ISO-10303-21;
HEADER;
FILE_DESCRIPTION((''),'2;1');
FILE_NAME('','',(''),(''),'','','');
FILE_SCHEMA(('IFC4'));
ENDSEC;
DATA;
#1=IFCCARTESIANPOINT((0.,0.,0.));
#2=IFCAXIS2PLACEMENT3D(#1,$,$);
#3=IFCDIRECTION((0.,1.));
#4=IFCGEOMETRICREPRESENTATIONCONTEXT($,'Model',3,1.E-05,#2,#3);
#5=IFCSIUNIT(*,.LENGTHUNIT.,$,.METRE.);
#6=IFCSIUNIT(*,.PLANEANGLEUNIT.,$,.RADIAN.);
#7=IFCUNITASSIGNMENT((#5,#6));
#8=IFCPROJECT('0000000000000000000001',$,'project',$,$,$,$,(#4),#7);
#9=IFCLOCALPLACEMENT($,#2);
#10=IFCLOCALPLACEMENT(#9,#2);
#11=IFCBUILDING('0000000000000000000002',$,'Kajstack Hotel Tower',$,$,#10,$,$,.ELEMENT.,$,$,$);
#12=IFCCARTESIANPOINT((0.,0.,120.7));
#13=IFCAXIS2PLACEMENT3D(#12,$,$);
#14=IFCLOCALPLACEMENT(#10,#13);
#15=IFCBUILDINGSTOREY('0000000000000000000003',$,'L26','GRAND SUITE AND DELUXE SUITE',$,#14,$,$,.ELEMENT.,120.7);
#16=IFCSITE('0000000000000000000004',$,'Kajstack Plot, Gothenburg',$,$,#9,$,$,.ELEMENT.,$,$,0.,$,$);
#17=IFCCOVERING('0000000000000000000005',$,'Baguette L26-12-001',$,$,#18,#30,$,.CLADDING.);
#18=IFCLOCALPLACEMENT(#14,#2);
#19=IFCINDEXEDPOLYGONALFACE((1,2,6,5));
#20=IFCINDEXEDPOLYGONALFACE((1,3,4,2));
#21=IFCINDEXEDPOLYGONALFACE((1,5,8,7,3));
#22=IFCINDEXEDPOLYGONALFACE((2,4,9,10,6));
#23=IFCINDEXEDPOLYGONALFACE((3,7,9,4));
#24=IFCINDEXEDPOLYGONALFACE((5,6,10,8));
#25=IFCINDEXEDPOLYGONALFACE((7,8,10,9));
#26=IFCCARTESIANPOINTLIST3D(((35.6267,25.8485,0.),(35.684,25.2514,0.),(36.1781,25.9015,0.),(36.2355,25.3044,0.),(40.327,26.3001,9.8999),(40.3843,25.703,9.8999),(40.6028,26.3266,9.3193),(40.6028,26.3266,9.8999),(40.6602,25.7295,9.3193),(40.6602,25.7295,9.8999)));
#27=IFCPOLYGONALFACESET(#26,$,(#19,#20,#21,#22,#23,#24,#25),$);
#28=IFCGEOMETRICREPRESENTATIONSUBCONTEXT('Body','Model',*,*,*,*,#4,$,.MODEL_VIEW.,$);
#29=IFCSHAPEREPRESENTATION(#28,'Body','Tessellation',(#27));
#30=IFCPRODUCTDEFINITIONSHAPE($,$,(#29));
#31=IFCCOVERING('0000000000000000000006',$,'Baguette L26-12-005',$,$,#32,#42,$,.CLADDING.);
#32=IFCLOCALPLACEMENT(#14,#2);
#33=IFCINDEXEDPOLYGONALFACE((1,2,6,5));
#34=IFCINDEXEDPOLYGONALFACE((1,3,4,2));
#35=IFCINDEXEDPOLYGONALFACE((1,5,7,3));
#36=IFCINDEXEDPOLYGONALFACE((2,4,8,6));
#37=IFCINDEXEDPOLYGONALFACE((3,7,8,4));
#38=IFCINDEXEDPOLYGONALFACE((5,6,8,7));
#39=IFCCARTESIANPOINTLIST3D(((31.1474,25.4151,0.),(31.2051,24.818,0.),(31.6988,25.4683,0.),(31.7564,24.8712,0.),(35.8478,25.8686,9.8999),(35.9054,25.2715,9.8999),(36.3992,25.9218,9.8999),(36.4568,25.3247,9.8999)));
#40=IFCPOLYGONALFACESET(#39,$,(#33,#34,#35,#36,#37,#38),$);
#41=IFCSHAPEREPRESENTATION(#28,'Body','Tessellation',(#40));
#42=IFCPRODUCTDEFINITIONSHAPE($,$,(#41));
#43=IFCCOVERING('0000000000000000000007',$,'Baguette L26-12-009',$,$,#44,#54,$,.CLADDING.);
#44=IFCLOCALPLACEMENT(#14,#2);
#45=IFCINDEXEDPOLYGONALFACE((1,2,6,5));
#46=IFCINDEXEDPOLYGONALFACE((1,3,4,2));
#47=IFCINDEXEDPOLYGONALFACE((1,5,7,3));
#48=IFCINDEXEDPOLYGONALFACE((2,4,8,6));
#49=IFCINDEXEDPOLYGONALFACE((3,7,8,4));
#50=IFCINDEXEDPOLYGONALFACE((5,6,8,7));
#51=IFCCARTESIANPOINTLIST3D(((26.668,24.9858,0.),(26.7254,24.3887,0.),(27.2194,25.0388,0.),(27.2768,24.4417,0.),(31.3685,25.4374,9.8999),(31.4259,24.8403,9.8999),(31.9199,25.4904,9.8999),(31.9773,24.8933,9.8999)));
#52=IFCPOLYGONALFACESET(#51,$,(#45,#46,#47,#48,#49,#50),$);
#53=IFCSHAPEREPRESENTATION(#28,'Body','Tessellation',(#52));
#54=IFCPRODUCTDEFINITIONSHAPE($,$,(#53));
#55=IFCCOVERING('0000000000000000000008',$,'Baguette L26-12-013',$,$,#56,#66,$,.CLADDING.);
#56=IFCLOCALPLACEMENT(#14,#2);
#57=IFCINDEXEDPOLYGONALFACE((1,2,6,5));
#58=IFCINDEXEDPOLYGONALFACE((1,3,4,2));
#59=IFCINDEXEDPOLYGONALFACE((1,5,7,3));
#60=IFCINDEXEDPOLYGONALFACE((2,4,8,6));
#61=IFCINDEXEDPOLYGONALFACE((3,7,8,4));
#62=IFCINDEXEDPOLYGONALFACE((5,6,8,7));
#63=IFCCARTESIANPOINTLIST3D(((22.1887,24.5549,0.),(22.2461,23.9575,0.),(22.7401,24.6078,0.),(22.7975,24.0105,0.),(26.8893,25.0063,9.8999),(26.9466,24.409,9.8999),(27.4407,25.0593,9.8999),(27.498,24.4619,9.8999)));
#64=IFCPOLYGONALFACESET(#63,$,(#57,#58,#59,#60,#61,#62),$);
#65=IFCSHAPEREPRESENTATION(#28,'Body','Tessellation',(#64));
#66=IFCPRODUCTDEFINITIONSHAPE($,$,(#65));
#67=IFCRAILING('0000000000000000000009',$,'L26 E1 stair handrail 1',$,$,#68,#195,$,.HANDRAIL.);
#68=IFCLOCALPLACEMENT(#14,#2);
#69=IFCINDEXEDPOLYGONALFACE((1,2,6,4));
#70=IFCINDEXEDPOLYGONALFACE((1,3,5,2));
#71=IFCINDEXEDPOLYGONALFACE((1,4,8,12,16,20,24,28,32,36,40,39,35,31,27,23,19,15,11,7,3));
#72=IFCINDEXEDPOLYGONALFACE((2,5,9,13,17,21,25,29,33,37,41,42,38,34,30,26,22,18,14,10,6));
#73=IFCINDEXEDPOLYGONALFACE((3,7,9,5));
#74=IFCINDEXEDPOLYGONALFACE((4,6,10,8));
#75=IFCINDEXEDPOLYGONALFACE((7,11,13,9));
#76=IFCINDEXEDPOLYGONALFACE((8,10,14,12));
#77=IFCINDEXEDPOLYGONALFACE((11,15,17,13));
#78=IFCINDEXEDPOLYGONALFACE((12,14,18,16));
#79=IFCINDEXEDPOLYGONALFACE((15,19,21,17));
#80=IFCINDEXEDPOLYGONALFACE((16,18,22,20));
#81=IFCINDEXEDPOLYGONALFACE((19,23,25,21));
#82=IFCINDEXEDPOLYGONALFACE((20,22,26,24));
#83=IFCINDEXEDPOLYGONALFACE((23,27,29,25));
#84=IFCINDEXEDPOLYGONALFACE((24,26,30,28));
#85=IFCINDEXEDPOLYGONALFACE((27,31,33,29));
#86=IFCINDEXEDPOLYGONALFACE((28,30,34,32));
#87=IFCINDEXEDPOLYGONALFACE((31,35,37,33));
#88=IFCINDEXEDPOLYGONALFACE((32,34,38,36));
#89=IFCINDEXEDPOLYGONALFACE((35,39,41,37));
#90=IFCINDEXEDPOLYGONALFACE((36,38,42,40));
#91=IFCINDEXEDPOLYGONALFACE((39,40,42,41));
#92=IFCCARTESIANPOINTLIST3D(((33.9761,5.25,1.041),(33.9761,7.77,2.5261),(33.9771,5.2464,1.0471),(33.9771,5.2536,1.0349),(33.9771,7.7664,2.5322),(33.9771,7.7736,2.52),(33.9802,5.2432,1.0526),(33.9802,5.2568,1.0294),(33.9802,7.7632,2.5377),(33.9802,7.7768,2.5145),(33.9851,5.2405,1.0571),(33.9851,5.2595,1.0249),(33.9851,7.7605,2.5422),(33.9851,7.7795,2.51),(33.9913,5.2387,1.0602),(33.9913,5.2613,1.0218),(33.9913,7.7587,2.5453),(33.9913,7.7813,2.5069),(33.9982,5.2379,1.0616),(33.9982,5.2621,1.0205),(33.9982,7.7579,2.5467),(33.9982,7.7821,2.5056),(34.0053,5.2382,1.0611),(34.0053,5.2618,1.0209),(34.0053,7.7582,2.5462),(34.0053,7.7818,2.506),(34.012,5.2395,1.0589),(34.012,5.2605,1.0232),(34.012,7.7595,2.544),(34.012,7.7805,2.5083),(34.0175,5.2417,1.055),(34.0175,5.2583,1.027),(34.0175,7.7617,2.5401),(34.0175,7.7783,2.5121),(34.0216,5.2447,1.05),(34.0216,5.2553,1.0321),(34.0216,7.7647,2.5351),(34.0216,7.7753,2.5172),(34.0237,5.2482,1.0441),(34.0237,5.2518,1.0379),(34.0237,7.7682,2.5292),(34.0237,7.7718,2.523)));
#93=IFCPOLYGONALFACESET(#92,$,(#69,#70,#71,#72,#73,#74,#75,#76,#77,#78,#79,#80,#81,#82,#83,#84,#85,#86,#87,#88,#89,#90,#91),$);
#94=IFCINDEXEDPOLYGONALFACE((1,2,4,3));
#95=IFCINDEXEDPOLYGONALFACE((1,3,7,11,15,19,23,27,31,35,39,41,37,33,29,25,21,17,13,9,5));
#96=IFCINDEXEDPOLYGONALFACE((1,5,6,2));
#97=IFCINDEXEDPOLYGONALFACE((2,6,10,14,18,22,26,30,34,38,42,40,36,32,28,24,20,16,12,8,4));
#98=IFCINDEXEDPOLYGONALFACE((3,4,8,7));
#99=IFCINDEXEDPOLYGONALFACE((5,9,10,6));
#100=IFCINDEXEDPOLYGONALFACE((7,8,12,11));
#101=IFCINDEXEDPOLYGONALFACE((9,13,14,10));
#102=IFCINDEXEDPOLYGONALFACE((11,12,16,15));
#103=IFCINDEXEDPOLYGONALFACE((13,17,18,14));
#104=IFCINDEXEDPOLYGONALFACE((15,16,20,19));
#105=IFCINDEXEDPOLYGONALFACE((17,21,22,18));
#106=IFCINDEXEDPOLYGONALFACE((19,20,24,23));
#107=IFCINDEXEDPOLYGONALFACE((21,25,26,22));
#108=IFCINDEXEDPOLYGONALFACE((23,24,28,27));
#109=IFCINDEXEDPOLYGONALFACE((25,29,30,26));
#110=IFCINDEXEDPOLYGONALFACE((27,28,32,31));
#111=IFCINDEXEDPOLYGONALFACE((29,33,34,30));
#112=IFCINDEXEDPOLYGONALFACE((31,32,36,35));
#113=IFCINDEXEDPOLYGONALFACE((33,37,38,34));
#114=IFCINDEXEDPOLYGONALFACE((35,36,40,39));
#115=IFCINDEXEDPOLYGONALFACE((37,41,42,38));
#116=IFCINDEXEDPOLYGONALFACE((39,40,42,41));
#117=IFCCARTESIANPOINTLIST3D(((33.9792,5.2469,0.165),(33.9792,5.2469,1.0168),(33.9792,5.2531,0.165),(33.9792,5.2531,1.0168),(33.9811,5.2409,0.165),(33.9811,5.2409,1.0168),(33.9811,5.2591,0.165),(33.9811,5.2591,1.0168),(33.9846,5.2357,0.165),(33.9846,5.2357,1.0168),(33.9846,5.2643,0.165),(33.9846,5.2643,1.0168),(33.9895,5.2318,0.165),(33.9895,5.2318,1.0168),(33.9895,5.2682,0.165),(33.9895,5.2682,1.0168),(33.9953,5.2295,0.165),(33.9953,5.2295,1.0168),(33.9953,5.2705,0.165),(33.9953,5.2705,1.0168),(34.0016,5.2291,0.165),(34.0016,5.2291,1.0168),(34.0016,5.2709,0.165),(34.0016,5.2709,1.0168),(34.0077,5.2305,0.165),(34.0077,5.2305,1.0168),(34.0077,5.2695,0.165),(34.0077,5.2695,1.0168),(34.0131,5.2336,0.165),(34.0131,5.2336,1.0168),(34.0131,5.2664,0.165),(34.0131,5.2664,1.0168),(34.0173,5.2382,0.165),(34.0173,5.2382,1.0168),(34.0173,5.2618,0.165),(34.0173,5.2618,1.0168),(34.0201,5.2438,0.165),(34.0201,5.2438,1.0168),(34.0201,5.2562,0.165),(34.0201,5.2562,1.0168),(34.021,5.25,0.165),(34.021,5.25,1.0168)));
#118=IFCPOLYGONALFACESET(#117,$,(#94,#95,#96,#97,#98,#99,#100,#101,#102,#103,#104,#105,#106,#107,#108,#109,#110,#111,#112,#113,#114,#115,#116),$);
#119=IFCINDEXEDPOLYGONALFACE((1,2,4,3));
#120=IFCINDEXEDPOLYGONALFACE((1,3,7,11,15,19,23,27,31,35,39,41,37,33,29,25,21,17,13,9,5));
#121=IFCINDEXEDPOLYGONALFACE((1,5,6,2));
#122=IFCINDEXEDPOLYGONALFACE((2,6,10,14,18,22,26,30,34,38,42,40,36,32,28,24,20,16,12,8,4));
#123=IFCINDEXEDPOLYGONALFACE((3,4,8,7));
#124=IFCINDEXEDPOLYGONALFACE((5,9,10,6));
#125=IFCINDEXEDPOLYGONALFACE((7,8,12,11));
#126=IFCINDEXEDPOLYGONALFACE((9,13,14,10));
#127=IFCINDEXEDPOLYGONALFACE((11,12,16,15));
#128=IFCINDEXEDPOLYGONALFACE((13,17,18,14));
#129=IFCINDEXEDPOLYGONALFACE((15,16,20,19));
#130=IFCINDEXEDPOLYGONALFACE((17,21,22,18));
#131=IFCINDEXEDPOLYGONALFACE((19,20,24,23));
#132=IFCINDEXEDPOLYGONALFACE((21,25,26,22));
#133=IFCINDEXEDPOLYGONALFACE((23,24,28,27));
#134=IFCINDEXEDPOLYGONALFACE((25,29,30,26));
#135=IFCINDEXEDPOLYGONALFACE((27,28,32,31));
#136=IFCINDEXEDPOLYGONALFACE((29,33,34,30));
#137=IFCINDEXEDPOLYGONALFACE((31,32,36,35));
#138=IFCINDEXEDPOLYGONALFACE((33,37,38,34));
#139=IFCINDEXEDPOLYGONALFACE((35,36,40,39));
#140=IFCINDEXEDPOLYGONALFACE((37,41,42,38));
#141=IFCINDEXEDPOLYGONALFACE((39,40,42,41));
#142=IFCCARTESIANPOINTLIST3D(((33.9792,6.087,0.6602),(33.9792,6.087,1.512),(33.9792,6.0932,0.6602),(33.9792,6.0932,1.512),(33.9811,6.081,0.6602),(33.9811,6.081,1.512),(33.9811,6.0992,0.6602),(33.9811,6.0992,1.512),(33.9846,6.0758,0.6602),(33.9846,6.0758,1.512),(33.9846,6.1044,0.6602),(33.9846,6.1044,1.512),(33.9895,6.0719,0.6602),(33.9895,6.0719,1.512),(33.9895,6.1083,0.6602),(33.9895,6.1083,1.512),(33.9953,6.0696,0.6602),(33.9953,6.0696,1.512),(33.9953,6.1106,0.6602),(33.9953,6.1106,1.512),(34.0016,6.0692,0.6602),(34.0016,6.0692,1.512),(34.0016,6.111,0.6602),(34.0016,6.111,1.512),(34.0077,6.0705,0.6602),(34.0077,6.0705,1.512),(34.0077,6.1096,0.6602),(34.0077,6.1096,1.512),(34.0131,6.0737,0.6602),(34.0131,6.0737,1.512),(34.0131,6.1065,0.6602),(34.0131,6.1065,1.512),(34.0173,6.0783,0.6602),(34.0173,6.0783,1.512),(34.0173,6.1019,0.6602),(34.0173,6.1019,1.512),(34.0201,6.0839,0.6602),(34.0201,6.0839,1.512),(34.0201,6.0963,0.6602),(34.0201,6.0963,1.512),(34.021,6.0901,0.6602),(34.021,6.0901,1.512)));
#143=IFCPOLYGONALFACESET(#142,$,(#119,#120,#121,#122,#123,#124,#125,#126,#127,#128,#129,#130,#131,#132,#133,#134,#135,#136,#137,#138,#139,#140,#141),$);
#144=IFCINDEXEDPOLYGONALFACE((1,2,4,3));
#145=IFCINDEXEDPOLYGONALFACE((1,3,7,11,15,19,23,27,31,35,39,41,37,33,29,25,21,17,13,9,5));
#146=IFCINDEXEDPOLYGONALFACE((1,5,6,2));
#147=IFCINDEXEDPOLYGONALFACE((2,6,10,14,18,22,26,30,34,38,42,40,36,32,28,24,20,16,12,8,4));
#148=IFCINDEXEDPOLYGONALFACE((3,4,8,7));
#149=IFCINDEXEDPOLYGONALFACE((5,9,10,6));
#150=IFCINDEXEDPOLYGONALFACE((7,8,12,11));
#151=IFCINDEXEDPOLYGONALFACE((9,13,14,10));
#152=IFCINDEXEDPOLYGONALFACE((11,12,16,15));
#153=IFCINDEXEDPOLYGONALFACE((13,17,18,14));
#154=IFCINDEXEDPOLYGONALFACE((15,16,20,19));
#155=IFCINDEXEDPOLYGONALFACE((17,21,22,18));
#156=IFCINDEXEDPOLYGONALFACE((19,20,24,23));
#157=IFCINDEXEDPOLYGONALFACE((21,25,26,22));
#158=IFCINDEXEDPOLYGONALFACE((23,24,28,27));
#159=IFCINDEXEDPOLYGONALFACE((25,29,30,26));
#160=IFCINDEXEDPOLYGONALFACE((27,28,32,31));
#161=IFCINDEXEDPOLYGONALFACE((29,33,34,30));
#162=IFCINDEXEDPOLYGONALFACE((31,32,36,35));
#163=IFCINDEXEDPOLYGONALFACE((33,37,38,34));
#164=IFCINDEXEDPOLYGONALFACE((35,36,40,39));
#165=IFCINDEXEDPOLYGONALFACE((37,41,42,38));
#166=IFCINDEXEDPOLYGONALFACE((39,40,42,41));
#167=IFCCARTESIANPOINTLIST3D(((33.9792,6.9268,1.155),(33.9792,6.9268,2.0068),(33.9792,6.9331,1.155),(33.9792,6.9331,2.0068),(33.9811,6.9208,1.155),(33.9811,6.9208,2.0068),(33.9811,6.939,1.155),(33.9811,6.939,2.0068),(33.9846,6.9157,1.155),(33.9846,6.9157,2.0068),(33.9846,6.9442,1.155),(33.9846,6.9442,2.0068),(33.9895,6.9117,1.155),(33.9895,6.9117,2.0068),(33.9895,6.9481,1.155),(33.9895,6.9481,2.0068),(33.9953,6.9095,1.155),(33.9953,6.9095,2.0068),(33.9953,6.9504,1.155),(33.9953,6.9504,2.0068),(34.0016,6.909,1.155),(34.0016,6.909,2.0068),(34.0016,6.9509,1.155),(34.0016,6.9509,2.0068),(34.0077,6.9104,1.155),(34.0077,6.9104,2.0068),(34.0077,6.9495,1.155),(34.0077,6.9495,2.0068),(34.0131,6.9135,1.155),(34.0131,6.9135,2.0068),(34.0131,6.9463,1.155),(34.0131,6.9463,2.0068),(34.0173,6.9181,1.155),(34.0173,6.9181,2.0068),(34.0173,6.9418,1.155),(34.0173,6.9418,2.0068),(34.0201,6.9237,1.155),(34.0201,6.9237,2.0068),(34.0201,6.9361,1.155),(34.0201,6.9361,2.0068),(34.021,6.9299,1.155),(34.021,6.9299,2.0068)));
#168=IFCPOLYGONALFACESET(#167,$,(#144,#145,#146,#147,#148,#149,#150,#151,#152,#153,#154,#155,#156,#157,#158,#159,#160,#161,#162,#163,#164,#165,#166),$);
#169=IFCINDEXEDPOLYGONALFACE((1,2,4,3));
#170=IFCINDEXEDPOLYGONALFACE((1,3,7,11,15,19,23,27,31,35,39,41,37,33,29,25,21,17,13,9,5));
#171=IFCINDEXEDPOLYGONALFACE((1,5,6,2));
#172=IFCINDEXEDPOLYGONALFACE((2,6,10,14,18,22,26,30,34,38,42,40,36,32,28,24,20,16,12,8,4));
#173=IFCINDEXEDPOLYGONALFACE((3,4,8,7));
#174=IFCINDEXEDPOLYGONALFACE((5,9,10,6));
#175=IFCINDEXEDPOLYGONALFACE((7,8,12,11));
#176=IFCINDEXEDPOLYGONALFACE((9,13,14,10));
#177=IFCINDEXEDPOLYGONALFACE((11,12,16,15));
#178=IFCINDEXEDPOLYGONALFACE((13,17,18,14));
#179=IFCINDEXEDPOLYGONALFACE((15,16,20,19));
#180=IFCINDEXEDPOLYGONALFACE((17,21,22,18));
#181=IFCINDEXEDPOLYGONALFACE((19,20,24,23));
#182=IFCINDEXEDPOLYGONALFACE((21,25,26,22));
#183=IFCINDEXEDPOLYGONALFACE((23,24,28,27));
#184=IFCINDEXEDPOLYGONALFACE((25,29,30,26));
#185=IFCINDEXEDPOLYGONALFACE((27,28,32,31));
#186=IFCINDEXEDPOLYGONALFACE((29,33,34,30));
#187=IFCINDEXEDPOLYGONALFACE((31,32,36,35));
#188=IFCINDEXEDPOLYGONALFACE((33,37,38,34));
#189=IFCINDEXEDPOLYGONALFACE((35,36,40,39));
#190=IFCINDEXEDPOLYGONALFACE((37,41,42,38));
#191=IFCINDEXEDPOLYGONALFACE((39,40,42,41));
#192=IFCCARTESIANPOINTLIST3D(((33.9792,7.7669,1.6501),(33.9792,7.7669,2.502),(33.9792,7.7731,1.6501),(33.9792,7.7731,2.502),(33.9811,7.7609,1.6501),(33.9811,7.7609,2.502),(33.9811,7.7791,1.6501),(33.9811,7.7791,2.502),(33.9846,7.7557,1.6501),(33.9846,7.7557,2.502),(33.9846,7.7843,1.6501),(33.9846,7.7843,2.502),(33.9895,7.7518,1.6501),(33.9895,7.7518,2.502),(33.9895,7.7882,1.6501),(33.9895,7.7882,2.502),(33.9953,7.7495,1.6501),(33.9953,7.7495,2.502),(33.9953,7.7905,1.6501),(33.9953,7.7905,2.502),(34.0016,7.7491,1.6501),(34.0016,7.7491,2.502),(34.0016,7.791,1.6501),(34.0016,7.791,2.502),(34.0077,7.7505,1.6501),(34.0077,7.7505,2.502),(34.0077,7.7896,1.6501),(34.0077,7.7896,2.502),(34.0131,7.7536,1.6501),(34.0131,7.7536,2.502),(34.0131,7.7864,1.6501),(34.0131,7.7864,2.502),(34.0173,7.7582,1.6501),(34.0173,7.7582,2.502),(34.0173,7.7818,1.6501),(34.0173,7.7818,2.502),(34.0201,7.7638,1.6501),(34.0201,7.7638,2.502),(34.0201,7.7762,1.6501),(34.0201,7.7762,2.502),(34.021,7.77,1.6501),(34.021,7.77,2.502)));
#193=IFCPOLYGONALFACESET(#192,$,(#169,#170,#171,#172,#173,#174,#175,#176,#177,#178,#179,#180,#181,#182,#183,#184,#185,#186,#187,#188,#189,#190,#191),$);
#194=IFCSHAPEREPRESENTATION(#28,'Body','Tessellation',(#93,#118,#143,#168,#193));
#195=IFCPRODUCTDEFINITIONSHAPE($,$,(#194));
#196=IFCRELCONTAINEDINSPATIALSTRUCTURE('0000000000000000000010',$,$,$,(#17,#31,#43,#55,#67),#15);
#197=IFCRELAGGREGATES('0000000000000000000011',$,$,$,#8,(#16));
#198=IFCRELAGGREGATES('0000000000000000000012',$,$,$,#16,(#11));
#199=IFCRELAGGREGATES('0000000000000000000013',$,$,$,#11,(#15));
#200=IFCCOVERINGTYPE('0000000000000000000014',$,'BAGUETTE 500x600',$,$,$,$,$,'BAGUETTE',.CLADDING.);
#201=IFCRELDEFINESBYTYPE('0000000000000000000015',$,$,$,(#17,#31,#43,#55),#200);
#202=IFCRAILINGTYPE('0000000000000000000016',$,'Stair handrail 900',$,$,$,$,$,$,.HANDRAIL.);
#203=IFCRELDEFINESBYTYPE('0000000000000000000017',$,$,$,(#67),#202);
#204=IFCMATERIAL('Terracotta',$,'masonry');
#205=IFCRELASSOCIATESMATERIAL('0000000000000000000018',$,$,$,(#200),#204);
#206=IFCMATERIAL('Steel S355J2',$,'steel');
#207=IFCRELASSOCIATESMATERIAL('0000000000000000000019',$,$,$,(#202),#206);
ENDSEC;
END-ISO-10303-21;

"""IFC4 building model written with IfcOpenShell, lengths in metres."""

from ifc_helpers import new_model, si_unit, direction, frame, origin, origin_2d, place, context, subcontext, project, spatial, polyline, rectangle, circle, outline, extrude, material, material_profile, profile_set, type_object, element, save


model = new_model("IFC4")

# Units and contexts
model_context = context("Model", 3, precision=1e-05, world=origin(), true_north=direction((0.0, 1.0)))
body_context = subcontext(model_context, "Body", "Model", "MODEL_VIEW")
ifc_project = project(units=[si_unit("LENGTHUNIT", "METRE"), si_unit("PLANEANGLEUNIT", "RADIAN")], contexts=[model_context])

# Site, building, storey
site_placement = place(None, origin())
site = spatial("IfcSite", under=ifc_project, at=site_placement, Name="Kajstack Plot, Gothenburg", CompositionType="ELEMENT", RefElevation=0.0)
building_placement = place(site_placement, origin())
building = spatial("IfcBuilding", under=site, at=building_placement, Name="Kajstack Hotel Tower", CompositionType="ELEMENT")
storey_placement = place(building_placement, frame((0.0, 0.0, 120.7)))
storey = spatial("IfcBuildingStorey", under=building, at=storey_placement, Name="L26", Description="GRAND SUITE AND DELUXE SUITE", CompositionType="ELEMENT", Elevation=120.7)

# Coverings
ifc_material_1 = material(Name="Terracotta", Category="masonry")
ifc_material_profile = material_profile(ifc_material_1, rectangle(XDim=0.6001, YDim=0.5, at=origin_2d()), Name="Terracotta-clad concrete baguette 500 x 600")
ifc_profile_set = profile_set([ifc_material_profile], Name="Terracotta")
covering_type = type_object("IfcCoveringType", Name="BAGUETTE 500x600", ElementType="BAGUETTE", PredefinedType="CLADDING", material=ifc_profile_set)
covering_1_placement = place(storey_placement, frame((40.6602, 25.7295, 0.0), z_axis=(-0.095635, 0.995416, 0.0), x_axis=(-0.995416, -0.095635, 0.0)))
element("IfcCovering", 1, at=covering_1_placement, inside=storey, type_object=covering_type, Name="Baguette L26-12-001", PredefinedType="CLADDING", context=body_context, shape_type="SweptSolid", body=[
    extrude(outline(polyline([(0.2771, 9.8999), (0.0, 9.8999), (0.0, 9.3193), (4.4451, 0.0), (4.999, 0.0), (0.2771, 9.8999)])), origin(), (0.0, 0.0, 1.0), 0.5999),
])
for number, where, z_axis, x_axis, name in (
    (2, (36.4568, 25.3247, 0.0), (-0.096038, 0.995378, 0.0), (-0.995378, -0.096038, 0.0), "Baguette L26-12-005"),
    (3, (31.9773, 24.8933, 0.0), (-0.095635, 0.995416, 0.0), (-0.995416, -0.095635, 0.0), "Baguette L26-12-009"),
):
    element("IfcCovering", number, at=place(storey_placement, frame(where, z_axis=z_axis, x_axis=x_axis)), inside=storey, type_object=covering_type, Name=name, PredefinedType="CLADDING", context=body_context, shape_type="SweptSolid", body=[
        extrude(outline(polyline([(0.0, 9.8999), (4.7222, 0.0), (5.2761, 0.0), (0.554, 9.8999), (0.0, 9.8999)])), origin(), (0.0, 0.0, 1.0), 0.5999),
    ])
covering_2_placement = place(storey_placement, frame((27.498, 24.4619, 0.0), z_axis=(-0.095596, 0.99542, 0.0), x_axis=(-0.99542, -0.095596, 0.0)))
element("IfcCovering", 4, at=covering_2_placement, inside=storey, type_object=covering_type, Name="Baguette L26-12-013", PredefinedType="CLADDING", context=body_context, shape_type="SweptSolid", body=[
    extrude(outline(polyline([(0.0, 9.8999), (4.7222, 0.0), (5.2761, 0.0), (0.554, 9.8999), (0.0, 9.8999)])), origin(), (0.0, 0.0, 1.0), 0.6001),
])

# Railing
ifc_material_2 = material(Name="Steel S355J2", Category="steel")
railing_type_1 = type_object("IfcRailingType", Name="Stair handrail 900", PredefinedType="HANDRAIL", material=ifc_material_2)
railing_1_placement = place(storey_placement, frame((34.0, 5.25, 0.165)))
element("IfcRailing", 5, at=railing_1_placement, inside=storey, type_object=railing_type_1, Name="L26 E1 stair handrail 1", PredefinedType="HANDRAIL", context=body_context, shape_type="SweptSolid", body=[
    extrude(circle(Radius=0.0239, at=origin_2d()), frame((0.0, 0.0, 0.876), z_axis=(0.0, 0.861524, 0.507717), x_axis=(-1.0, 0.0, 0.0)), (0.0, 0.0, 1.0), 2.925),
    extrude(circle(Radius=0.021, at=origin_2d()), origin(), (0.0, 0.0, 1.0), 0.8518),
    extrude(circle(Radius=0.021, at=origin_2d()), frame((0.0, 0.8401, 0.4951)), (0.0, 0.0, 1.0), 0.8518),
    extrude(circle(Radius=0.021, at=origin_2d()), frame((0.0, 1.6799, 0.99)), (0.0, 0.0, 1.0), 0.8518),
    extrude(circle(Radius=0.021, at=origin_2d()), frame((0.0, 2.52, 1.4851)), (0.0, 0.0, 1.0), 0.8518),
])

save(model, "model.ifc")
